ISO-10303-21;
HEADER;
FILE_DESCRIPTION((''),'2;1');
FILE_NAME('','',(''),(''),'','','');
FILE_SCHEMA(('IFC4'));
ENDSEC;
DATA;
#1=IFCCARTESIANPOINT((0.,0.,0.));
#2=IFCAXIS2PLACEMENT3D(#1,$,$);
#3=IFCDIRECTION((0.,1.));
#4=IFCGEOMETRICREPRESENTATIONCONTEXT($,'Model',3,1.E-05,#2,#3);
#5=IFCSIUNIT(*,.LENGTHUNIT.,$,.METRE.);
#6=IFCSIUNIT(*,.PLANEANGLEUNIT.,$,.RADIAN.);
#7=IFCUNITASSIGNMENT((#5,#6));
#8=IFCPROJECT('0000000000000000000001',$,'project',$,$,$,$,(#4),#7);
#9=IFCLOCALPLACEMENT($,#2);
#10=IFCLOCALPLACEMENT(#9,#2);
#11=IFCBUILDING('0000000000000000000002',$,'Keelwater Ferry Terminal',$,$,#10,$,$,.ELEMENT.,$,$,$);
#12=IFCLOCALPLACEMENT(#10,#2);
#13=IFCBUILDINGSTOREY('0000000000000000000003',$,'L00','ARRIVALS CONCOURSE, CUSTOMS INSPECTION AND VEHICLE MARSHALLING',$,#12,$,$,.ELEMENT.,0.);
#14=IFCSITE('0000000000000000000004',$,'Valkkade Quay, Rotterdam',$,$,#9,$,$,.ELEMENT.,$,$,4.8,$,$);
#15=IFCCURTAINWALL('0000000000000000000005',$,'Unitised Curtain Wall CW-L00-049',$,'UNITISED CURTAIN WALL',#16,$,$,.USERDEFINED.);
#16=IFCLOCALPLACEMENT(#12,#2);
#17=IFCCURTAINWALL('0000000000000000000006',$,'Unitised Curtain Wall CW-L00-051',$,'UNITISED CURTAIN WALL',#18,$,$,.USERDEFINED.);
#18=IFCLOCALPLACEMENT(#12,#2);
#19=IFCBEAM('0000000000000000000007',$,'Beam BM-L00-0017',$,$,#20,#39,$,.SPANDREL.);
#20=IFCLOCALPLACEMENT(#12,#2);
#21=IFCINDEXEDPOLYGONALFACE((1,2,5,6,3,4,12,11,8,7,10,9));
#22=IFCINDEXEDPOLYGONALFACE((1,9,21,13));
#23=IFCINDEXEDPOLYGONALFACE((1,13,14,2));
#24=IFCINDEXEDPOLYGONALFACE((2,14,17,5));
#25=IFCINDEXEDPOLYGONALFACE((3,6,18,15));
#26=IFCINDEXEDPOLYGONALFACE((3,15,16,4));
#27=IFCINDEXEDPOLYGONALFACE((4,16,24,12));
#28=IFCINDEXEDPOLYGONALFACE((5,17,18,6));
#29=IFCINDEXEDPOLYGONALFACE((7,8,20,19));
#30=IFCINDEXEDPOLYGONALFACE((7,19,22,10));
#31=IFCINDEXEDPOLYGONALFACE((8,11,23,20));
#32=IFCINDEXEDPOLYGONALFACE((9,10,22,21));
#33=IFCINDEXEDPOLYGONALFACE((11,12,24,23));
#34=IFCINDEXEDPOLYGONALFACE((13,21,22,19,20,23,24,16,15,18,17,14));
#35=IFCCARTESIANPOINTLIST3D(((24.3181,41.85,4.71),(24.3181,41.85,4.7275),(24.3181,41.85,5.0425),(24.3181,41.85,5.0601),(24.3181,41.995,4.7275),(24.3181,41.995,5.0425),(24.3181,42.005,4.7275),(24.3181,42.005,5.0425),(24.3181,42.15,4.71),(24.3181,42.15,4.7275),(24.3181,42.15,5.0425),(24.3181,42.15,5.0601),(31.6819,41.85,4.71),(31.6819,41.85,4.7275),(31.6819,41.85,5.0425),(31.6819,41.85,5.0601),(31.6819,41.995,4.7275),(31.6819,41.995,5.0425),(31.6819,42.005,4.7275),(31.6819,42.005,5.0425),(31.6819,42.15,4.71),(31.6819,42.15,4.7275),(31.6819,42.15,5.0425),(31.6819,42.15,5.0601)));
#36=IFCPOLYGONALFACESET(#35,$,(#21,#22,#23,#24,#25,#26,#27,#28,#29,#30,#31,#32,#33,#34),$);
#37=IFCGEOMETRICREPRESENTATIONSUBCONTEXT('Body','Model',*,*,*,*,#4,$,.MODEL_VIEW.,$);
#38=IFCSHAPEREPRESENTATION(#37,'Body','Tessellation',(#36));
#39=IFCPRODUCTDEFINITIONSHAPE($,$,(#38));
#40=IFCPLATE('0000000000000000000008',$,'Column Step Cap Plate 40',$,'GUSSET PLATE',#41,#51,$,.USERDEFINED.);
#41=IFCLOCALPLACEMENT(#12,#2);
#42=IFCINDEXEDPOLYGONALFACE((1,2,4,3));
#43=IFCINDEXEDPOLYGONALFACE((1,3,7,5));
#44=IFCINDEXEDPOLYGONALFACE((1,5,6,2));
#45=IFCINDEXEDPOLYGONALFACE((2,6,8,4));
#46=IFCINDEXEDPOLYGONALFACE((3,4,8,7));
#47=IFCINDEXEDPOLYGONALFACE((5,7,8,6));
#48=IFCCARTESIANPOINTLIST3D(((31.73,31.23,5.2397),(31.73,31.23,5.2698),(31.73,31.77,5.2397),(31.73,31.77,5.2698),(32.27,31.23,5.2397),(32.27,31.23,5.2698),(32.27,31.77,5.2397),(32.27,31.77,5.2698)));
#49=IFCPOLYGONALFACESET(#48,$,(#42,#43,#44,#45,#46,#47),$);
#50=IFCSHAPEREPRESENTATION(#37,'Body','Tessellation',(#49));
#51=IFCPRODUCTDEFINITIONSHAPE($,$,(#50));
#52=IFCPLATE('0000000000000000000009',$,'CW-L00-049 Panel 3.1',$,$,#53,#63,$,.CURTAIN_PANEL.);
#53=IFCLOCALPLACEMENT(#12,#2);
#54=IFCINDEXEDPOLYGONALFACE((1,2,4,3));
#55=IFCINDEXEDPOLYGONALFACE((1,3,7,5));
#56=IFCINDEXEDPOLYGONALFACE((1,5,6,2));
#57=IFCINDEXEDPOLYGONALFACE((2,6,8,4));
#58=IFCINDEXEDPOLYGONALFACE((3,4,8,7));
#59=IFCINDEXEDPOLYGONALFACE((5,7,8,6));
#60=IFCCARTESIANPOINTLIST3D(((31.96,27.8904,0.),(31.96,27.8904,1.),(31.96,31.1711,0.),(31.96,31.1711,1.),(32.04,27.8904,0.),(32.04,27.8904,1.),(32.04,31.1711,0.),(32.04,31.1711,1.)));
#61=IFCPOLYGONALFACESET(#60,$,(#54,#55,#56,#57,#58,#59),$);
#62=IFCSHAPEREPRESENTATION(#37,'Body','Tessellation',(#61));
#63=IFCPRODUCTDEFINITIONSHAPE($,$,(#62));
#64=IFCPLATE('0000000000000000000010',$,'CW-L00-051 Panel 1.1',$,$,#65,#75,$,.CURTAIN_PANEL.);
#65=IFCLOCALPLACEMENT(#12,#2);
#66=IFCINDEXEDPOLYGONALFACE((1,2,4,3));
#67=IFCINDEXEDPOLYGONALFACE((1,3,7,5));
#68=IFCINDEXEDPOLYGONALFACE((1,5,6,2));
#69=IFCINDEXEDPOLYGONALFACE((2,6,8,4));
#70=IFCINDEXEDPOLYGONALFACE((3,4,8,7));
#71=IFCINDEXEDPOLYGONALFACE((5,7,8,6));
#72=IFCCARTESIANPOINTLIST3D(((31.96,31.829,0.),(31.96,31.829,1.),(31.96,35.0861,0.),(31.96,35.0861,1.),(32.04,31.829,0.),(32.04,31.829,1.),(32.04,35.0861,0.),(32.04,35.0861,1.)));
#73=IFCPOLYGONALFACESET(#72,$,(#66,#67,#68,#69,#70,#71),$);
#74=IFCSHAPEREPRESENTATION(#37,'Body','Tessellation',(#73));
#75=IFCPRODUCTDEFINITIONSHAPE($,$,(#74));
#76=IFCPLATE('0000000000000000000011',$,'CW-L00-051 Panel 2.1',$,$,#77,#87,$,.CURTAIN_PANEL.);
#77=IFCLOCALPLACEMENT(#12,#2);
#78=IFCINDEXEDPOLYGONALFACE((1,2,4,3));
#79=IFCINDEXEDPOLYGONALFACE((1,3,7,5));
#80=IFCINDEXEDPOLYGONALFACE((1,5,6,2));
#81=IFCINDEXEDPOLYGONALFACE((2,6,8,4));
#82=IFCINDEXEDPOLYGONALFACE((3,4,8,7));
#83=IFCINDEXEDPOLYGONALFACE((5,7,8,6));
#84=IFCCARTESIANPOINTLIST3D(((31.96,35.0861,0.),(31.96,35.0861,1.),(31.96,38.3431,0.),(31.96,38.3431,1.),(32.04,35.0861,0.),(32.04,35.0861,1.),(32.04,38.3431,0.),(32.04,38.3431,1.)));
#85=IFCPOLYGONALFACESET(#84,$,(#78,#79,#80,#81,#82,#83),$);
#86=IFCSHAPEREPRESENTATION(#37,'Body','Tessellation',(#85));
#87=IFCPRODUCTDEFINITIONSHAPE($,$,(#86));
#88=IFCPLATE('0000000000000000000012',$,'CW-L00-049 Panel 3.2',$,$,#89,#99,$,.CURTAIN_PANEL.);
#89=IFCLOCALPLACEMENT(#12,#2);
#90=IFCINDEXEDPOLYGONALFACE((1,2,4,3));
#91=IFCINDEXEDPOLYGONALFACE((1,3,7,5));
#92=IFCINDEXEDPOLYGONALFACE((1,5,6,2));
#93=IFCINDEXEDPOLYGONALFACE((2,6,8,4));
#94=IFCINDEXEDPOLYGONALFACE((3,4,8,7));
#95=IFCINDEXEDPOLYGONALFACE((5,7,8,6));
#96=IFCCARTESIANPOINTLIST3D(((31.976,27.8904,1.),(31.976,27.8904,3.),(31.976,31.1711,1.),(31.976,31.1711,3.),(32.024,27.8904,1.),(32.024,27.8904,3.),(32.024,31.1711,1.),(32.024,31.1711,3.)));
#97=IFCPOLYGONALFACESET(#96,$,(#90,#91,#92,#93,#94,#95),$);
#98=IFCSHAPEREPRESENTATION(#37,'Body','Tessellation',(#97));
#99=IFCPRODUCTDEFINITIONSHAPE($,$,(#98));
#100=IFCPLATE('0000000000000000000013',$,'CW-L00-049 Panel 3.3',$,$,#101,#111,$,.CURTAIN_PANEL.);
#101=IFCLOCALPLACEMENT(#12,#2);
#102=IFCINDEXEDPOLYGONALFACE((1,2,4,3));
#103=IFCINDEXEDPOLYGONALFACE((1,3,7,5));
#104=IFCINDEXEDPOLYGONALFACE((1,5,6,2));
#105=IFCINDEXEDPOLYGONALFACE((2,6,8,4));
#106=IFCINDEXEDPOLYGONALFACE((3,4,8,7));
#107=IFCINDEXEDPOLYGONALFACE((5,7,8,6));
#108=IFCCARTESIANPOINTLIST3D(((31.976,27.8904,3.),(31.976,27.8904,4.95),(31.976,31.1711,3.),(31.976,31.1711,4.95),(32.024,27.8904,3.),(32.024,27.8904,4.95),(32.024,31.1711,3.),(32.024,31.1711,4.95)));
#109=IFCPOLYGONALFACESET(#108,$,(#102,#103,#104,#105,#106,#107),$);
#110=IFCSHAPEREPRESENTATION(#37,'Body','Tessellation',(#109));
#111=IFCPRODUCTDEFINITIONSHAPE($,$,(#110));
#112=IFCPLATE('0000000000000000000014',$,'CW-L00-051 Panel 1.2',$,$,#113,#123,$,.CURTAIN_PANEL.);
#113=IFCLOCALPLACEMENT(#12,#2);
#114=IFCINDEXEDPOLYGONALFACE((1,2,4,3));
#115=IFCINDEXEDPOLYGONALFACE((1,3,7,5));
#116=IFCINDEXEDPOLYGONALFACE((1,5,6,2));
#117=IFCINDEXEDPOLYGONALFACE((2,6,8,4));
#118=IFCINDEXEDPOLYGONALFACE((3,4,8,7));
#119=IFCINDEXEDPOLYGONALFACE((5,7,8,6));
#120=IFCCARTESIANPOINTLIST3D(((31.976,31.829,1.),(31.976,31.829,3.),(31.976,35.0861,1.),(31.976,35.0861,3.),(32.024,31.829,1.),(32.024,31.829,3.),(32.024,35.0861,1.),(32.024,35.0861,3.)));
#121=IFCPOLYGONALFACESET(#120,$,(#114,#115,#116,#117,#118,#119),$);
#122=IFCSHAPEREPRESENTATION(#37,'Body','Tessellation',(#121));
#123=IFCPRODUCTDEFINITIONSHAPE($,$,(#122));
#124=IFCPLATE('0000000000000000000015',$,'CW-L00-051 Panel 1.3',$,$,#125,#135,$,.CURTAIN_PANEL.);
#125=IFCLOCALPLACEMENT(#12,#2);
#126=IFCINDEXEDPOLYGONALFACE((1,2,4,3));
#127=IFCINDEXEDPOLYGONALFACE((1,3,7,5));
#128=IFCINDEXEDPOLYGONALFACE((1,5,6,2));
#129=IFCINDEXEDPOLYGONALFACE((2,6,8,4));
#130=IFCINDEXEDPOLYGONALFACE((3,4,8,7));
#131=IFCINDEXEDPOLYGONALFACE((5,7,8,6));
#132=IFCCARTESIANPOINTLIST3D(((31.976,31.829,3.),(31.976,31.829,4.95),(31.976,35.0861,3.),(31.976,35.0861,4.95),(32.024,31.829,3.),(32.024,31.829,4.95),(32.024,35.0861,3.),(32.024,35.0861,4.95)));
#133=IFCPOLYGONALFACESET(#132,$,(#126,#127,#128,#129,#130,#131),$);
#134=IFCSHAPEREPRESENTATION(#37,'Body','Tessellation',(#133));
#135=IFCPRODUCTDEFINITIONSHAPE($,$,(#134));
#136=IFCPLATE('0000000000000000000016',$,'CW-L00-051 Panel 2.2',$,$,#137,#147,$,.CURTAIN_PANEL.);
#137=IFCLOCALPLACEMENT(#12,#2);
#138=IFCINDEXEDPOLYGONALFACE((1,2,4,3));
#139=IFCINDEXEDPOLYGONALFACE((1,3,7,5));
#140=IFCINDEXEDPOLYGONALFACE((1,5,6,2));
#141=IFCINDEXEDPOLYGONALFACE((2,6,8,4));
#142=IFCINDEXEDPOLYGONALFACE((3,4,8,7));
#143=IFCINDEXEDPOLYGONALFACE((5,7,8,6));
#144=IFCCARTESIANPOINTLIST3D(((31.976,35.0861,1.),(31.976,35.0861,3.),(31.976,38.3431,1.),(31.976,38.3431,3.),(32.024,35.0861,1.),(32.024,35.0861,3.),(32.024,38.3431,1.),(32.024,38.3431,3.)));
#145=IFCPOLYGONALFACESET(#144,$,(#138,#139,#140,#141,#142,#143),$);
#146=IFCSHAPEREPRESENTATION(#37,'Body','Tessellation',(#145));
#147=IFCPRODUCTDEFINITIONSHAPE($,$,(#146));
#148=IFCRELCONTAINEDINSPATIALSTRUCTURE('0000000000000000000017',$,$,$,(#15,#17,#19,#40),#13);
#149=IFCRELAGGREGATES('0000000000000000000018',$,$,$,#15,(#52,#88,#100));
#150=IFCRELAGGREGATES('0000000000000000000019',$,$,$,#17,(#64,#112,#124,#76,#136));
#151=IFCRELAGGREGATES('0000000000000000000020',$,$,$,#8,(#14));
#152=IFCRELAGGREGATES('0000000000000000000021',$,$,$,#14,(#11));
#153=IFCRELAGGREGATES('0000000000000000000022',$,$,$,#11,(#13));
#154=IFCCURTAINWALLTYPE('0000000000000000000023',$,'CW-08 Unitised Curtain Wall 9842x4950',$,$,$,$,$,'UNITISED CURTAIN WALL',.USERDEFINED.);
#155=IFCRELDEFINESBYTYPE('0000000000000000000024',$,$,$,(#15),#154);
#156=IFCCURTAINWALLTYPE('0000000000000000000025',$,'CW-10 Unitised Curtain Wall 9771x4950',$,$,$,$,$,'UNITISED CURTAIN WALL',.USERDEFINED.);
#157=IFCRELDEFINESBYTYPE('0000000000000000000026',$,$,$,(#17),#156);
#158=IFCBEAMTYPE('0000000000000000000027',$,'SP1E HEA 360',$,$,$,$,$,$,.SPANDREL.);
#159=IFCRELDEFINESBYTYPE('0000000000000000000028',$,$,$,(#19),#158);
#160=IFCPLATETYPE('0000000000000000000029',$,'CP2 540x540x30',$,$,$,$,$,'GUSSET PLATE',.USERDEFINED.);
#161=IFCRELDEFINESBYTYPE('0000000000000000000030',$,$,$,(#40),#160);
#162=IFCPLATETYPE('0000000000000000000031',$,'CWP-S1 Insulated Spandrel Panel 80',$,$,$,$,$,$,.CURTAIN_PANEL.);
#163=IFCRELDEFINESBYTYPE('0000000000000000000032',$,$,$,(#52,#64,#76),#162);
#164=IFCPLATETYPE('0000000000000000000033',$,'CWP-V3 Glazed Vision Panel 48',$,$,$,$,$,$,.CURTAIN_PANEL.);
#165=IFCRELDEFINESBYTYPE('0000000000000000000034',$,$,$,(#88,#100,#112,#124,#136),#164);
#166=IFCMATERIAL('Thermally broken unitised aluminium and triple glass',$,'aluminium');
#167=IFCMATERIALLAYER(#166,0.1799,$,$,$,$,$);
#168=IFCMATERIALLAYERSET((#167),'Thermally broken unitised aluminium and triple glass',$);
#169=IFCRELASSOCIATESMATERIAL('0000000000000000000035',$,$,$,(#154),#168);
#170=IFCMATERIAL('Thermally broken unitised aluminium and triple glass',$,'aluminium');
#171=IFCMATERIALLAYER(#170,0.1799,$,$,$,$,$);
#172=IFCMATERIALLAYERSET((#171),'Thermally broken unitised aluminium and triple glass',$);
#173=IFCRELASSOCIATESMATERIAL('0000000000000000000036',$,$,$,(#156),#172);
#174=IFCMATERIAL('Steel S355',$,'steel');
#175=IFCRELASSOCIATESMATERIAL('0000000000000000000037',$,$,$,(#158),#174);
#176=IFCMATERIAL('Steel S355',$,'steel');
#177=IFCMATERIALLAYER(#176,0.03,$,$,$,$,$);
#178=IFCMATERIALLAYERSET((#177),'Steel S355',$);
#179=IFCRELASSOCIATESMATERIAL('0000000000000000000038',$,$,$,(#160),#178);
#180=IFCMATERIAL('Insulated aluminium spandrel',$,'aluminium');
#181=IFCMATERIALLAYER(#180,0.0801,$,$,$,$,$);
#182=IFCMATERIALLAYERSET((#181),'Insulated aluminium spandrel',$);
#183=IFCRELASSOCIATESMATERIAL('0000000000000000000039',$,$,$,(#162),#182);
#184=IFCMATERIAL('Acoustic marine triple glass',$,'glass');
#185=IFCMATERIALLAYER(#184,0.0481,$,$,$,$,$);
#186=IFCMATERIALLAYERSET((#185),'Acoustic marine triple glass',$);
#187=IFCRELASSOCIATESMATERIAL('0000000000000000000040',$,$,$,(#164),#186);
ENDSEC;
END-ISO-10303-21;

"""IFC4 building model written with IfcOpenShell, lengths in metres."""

from ifc_helpers import new_model, si_unit, direction, frame, origin, origin_2d, place, context, subcontext, project, spatial, rectangle, i_section, extrude, material, layer, layer_set, material_profile, profile_set, type_object, element, aggregate, save


model = new_model("IFC4")

# Units and contexts
model_context = context("Model", 3, precision=1e-05, world=origin(), true_north=direction((0.0, 1.0)))
body_context = subcontext(model_context, "Body", "Model", "MODEL_VIEW")
ifc_project = project(units=[si_unit("LENGTHUNIT", "METRE"), si_unit("PLANEANGLEUNIT", "RADIAN")], contexts=[model_context])

# Site, building, storey
site_placement = place(None, origin())
site = spatial("IfcSite", under=ifc_project, at=site_placement, Name="Valkkade Quay, Rotterdam", CompositionType="ELEMENT", RefElevation=4.8)
building_placement = place(site_placement, origin())
building = spatial("IfcBuilding", under=site, at=building_placement, Name="Keelwater Ferry Terminal", CompositionType="ELEMENT")
storey_placement = place(building_placement, origin())
storey = spatial("IfcBuildingStorey", under=building, at=storey_placement, Name="L00", Description="ARRIVALS CONCOURSE, CUSTOMS INSPECTION AND VEHICLE MARSHALLING", CompositionType="ELEMENT", Elevation=0.0)

# Curtain walls
ifc_material_1 = material(Name="Thermally broken unitised aluminium and triple glass", Category="aluminium")
ifc_layer_1 = layer(ifc_material_1, 0.1799)
ifc_layer_set_1 = layer_set([ifc_layer_1], Name="Thermally broken unitised aluminium and triple glass")
curtain_wall_type_1 = type_object("IfcCurtainWallType", Name="CW-08 Unitised Curtain Wall 9842x4950", ElementType="UNITISED CURTAIN WALL", PredefinedType="USERDEFINED", material=ifc_layer_set_1)
curtain_wall_1_placement = place(storey_placement, origin())
curtain_wall_1 = element("IfcCurtainWall", 1, at=curtain_wall_1_placement, inside=storey, type_object=curtain_wall_type_1, Name="Unitised Curtain Wall CW-L00-049", ObjectType="UNITISED CURTAIN WALL", PredefinedType="USERDEFINED")
ifc_material_2 = material(Name="Thermally broken unitised aluminium and triple glass", Category="aluminium")
ifc_layer_2 = layer(ifc_material_2, 0.1799)
ifc_layer_set_2 = layer_set([ifc_layer_2], Name="Thermally broken unitised aluminium and triple glass")
curtain_wall_type_2 = type_object("IfcCurtainWallType", Name="CW-10 Unitised Curtain Wall 9771x4950", ElementType="UNITISED CURTAIN WALL", PredefinedType="USERDEFINED", material=ifc_layer_set_2)
curtain_wall_2_placement = place(storey_placement, origin())
curtain_wall_2 = element("IfcCurtainWall", 2, at=curtain_wall_2_placement, inside=storey, type_object=curtain_wall_type_2, Name="Unitised Curtain Wall CW-L00-051", ObjectType="UNITISED CURTAIN WALL", PredefinedType="USERDEFINED")

# Beam
ifc_material_3 = material(Name="Steel S355", Category="steel")
ifc_material_profile_1 = material_profile(ifc_material_3, i_section(OverallWidth=0.3, OverallDepth=0.3501, WebThickness=0.01, FlangeThickness=0.0176, at=origin_2d()), Name="HEA 360")
ifc_profile_set_1 = profile_set([ifc_material_profile_1], Name="Steel S355")
beam_type_1 = type_object("IfcBeamType", Name="SP1E HEA 360", PredefinedType="SPANDREL", material=ifc_profile_set_1)
beam_1_placement = place(storey_placement, frame((24.3181, 42.0, 4.885), z_axis=(1.0, 0.0, 0.0), x_axis=(0.0, 1.0, 0.0)))
element("IfcBeam", 3, at=beam_1_placement, inside=storey, type_object=beam_type_1, Name="Beam BM-L00-0017", PredefinedType="SPANDREL", context=body_context, shape_type="SweptSolid", body=[
    extrude(i_section(OverallWidth=0.3, OverallDepth=0.3501, WebThickness=0.01, FlangeThickness=0.0176, at=origin_2d()), origin(), (0.0, 0.0, 1.0), 7.3638),
])

# Plates
ifc_material_4 = material(Name="Steel S355", Category="steel")
ifc_layer_3 = layer(ifc_material_4, 0.03)
ifc_layer_set_3 = layer_set([ifc_layer_3], Name="Steel S355")
plate_type_1 = type_object("IfcPlateType", Name="CP2 540x540x30", ElementType="GUSSET PLATE", PredefinedType="USERDEFINED", material=ifc_layer_set_3)
plate_1_placement = place(storey_placement, frame((32.0, 31.5, 5.2397), z_axis=(0.0, 0.0, 1.0), x_axis=(1.0, 0.0, 0.0)))
element("IfcPlate", 4, at=plate_1_placement, inside=storey, type_object=plate_type_1, Name="Column Step Cap Plate 40", ObjectType="GUSSET PLATE", PredefinedType="USERDEFINED", context=body_context, shape_type="SweptSolid", body=[
    extrude(rectangle(XDim=0.54, YDim=0.54, at=origin_2d()), origin(), (0.0, 0.0, 1.0), 0.03),
])
ifc_material_5 = material(Name="Insulated aluminium spandrel", Category="aluminium")
ifc_layer_4 = layer(ifc_material_5, 0.0801)
ifc_layer_set_4 = layer_set([ifc_layer_4], Name="Insulated aluminium spandrel")
plate_type_2 = type_object("IfcPlateType", Name="CWP-S1 Insulated Spandrel Panel 80", PredefinedType="CURTAIN_PANEL", material=ifc_layer_set_4)
plate_2_placement = place(storey_placement, frame((32.0, 29.5308, 0.0), z_axis=(0.0, 0.0, 1.0), x_axis=(0.0, 1.0, 0.0)))
plate_2 = element("IfcPlate", 5, at=plate_2_placement, type_object=plate_type_2, Name="CW-L00-049 Panel 3.1", PredefinedType="CURTAIN_PANEL", context=body_context, shape_type="SweptSolid", body=[
    extrude(rectangle(XDim=3.2808, YDim=0.0801, at=origin_2d()), origin(), (0.0, 0.0, 1.0), 1.0),
])
plate_3_placement = place(storey_placement, frame((32.0, 33.4575, 0.0), z_axis=(0.0, 0.0, 1.0), x_axis=(0.0, 1.0, 0.0)))
plate_3 = element("IfcPlate", 6, at=plate_3_placement, type_object=plate_type_2, Name="CW-L00-051 Panel 1.1", PredefinedType="CURTAIN_PANEL", context=body_context, shape_type="SweptSolid", body=[
    extrude(rectangle(XDim=3.2571, YDim=0.0801, at=origin_2d()), origin(), (0.0, 0.0, 1.0), 1.0),
])
plate_4_placement = place(storey_placement, frame((32.0, 36.7146, 0.0), z_axis=(0.0, 0.0, 1.0), x_axis=(0.0, 1.0, 0.0)))
plate_4 = element("IfcPlate", 7, at=plate_4_placement, type_object=plate_type_2, Name="CW-L00-051 Panel 2.1", PredefinedType="CURTAIN_PANEL", context=body_context, shape_type="SweptSolid", body=[
    extrude(rectangle(XDim=3.2571, YDim=0.0801, at=origin_2d()), origin(), (0.0, 0.0, 1.0), 1.0),
])
ifc_material_6 = material(Name="Acoustic marine triple glass", Category="glass")
ifc_layer_5 = layer(ifc_material_6, 0.0481)
ifc_layer_set_5 = layer_set([ifc_layer_5], Name="Acoustic marine triple glass")
plate_type_3 = type_object("IfcPlateType", Name="CWP-V3 Glazed Vision Panel 48", PredefinedType="CURTAIN_PANEL", material=ifc_layer_set_5)
plate_5_placement = place(storey_placement, frame((32.0, 29.5308, 1.0), z_axis=(0.0, 0.0, 1.0), x_axis=(0.0, 1.0, 0.0)))
plate_5 = element("IfcPlate", 8, at=plate_5_placement, type_object=plate_type_3, Name="CW-L00-049 Panel 3.2", PredefinedType="CURTAIN_PANEL", context=body_context, shape_type="SweptSolid", body=[
    extrude(rectangle(XDim=3.2808, YDim=0.0481, at=origin_2d()), origin(), (0.0, 0.0, 1.0), 2.0),
])
plate_6_placement = place(storey_placement, frame((32.0, 29.5308, 3.0), z_axis=(0.0, 0.0, 1.0), x_axis=(0.0, 1.0, 0.0)))
plate_6 = element("IfcPlate", 9, at=plate_6_placement, type_object=plate_type_3, Name="CW-L00-049 Panel 3.3", PredefinedType="CURTAIN_PANEL", context=body_context, shape_type="SweptSolid", body=[
    extrude(rectangle(XDim=3.2808, YDim=0.0481, at=origin_2d()), origin(), (0.0, 0.0, 1.0), 1.95),
])
aggregate(curtain_wall_1, [plate_2, plate_5, plate_6])
plate_7_placement = place(storey_placement, frame((32.0, 33.4575, 1.0), z_axis=(0.0, 0.0, 1.0), x_axis=(0.0, 1.0, 0.0)))
plate_7 = element("IfcPlate", 10, at=plate_7_placement, type_object=plate_type_3, Name="CW-L00-051 Panel 1.2", PredefinedType="CURTAIN_PANEL", context=body_context, shape_type="SweptSolid", body=[
    extrude(rectangle(XDim=3.2571, YDim=0.0481, at=origin_2d()), origin(), (0.0, 0.0, 1.0), 2.0),
])
plate_8_placement = place(storey_placement, frame((32.0, 33.4575, 3.0), z_axis=(0.0, 0.0, 1.0), x_axis=(0.0, 1.0, 0.0)))
plate_8 = element("IfcPlate", 11, at=plate_8_placement, type_object=plate_type_3, Name="CW-L00-051 Panel 1.3", PredefinedType="CURTAIN_PANEL", context=body_context, shape_type="SweptSolid", body=[
    extrude(rectangle(XDim=3.2571, YDim=0.0481, at=origin_2d()), origin(), (0.0, 0.0, 1.0), 1.95),
])
plate_9_placement = place(storey_placement, frame((32.0, 36.7146, 1.0), z_axis=(0.0, 0.0, 1.0), x_axis=(0.0, 1.0, 0.0)))
plate_9 = element("IfcPlate", 12, at=plate_9_placement, type_object=plate_type_3, Name="CW-L00-051 Panel 2.2", PredefinedType="CURTAIN_PANEL", context=body_context, shape_type="SweptSolid", body=[
    extrude(rectangle(XDim=3.2571, YDim=0.0481, at=origin_2d()), origin(), (0.0, 0.0, 1.0), 2.0),
])
aggregate(curtain_wall_2, [plate_3, plate_7, plate_8, plate_4, plate_9])

save(model, "model.ifc")
